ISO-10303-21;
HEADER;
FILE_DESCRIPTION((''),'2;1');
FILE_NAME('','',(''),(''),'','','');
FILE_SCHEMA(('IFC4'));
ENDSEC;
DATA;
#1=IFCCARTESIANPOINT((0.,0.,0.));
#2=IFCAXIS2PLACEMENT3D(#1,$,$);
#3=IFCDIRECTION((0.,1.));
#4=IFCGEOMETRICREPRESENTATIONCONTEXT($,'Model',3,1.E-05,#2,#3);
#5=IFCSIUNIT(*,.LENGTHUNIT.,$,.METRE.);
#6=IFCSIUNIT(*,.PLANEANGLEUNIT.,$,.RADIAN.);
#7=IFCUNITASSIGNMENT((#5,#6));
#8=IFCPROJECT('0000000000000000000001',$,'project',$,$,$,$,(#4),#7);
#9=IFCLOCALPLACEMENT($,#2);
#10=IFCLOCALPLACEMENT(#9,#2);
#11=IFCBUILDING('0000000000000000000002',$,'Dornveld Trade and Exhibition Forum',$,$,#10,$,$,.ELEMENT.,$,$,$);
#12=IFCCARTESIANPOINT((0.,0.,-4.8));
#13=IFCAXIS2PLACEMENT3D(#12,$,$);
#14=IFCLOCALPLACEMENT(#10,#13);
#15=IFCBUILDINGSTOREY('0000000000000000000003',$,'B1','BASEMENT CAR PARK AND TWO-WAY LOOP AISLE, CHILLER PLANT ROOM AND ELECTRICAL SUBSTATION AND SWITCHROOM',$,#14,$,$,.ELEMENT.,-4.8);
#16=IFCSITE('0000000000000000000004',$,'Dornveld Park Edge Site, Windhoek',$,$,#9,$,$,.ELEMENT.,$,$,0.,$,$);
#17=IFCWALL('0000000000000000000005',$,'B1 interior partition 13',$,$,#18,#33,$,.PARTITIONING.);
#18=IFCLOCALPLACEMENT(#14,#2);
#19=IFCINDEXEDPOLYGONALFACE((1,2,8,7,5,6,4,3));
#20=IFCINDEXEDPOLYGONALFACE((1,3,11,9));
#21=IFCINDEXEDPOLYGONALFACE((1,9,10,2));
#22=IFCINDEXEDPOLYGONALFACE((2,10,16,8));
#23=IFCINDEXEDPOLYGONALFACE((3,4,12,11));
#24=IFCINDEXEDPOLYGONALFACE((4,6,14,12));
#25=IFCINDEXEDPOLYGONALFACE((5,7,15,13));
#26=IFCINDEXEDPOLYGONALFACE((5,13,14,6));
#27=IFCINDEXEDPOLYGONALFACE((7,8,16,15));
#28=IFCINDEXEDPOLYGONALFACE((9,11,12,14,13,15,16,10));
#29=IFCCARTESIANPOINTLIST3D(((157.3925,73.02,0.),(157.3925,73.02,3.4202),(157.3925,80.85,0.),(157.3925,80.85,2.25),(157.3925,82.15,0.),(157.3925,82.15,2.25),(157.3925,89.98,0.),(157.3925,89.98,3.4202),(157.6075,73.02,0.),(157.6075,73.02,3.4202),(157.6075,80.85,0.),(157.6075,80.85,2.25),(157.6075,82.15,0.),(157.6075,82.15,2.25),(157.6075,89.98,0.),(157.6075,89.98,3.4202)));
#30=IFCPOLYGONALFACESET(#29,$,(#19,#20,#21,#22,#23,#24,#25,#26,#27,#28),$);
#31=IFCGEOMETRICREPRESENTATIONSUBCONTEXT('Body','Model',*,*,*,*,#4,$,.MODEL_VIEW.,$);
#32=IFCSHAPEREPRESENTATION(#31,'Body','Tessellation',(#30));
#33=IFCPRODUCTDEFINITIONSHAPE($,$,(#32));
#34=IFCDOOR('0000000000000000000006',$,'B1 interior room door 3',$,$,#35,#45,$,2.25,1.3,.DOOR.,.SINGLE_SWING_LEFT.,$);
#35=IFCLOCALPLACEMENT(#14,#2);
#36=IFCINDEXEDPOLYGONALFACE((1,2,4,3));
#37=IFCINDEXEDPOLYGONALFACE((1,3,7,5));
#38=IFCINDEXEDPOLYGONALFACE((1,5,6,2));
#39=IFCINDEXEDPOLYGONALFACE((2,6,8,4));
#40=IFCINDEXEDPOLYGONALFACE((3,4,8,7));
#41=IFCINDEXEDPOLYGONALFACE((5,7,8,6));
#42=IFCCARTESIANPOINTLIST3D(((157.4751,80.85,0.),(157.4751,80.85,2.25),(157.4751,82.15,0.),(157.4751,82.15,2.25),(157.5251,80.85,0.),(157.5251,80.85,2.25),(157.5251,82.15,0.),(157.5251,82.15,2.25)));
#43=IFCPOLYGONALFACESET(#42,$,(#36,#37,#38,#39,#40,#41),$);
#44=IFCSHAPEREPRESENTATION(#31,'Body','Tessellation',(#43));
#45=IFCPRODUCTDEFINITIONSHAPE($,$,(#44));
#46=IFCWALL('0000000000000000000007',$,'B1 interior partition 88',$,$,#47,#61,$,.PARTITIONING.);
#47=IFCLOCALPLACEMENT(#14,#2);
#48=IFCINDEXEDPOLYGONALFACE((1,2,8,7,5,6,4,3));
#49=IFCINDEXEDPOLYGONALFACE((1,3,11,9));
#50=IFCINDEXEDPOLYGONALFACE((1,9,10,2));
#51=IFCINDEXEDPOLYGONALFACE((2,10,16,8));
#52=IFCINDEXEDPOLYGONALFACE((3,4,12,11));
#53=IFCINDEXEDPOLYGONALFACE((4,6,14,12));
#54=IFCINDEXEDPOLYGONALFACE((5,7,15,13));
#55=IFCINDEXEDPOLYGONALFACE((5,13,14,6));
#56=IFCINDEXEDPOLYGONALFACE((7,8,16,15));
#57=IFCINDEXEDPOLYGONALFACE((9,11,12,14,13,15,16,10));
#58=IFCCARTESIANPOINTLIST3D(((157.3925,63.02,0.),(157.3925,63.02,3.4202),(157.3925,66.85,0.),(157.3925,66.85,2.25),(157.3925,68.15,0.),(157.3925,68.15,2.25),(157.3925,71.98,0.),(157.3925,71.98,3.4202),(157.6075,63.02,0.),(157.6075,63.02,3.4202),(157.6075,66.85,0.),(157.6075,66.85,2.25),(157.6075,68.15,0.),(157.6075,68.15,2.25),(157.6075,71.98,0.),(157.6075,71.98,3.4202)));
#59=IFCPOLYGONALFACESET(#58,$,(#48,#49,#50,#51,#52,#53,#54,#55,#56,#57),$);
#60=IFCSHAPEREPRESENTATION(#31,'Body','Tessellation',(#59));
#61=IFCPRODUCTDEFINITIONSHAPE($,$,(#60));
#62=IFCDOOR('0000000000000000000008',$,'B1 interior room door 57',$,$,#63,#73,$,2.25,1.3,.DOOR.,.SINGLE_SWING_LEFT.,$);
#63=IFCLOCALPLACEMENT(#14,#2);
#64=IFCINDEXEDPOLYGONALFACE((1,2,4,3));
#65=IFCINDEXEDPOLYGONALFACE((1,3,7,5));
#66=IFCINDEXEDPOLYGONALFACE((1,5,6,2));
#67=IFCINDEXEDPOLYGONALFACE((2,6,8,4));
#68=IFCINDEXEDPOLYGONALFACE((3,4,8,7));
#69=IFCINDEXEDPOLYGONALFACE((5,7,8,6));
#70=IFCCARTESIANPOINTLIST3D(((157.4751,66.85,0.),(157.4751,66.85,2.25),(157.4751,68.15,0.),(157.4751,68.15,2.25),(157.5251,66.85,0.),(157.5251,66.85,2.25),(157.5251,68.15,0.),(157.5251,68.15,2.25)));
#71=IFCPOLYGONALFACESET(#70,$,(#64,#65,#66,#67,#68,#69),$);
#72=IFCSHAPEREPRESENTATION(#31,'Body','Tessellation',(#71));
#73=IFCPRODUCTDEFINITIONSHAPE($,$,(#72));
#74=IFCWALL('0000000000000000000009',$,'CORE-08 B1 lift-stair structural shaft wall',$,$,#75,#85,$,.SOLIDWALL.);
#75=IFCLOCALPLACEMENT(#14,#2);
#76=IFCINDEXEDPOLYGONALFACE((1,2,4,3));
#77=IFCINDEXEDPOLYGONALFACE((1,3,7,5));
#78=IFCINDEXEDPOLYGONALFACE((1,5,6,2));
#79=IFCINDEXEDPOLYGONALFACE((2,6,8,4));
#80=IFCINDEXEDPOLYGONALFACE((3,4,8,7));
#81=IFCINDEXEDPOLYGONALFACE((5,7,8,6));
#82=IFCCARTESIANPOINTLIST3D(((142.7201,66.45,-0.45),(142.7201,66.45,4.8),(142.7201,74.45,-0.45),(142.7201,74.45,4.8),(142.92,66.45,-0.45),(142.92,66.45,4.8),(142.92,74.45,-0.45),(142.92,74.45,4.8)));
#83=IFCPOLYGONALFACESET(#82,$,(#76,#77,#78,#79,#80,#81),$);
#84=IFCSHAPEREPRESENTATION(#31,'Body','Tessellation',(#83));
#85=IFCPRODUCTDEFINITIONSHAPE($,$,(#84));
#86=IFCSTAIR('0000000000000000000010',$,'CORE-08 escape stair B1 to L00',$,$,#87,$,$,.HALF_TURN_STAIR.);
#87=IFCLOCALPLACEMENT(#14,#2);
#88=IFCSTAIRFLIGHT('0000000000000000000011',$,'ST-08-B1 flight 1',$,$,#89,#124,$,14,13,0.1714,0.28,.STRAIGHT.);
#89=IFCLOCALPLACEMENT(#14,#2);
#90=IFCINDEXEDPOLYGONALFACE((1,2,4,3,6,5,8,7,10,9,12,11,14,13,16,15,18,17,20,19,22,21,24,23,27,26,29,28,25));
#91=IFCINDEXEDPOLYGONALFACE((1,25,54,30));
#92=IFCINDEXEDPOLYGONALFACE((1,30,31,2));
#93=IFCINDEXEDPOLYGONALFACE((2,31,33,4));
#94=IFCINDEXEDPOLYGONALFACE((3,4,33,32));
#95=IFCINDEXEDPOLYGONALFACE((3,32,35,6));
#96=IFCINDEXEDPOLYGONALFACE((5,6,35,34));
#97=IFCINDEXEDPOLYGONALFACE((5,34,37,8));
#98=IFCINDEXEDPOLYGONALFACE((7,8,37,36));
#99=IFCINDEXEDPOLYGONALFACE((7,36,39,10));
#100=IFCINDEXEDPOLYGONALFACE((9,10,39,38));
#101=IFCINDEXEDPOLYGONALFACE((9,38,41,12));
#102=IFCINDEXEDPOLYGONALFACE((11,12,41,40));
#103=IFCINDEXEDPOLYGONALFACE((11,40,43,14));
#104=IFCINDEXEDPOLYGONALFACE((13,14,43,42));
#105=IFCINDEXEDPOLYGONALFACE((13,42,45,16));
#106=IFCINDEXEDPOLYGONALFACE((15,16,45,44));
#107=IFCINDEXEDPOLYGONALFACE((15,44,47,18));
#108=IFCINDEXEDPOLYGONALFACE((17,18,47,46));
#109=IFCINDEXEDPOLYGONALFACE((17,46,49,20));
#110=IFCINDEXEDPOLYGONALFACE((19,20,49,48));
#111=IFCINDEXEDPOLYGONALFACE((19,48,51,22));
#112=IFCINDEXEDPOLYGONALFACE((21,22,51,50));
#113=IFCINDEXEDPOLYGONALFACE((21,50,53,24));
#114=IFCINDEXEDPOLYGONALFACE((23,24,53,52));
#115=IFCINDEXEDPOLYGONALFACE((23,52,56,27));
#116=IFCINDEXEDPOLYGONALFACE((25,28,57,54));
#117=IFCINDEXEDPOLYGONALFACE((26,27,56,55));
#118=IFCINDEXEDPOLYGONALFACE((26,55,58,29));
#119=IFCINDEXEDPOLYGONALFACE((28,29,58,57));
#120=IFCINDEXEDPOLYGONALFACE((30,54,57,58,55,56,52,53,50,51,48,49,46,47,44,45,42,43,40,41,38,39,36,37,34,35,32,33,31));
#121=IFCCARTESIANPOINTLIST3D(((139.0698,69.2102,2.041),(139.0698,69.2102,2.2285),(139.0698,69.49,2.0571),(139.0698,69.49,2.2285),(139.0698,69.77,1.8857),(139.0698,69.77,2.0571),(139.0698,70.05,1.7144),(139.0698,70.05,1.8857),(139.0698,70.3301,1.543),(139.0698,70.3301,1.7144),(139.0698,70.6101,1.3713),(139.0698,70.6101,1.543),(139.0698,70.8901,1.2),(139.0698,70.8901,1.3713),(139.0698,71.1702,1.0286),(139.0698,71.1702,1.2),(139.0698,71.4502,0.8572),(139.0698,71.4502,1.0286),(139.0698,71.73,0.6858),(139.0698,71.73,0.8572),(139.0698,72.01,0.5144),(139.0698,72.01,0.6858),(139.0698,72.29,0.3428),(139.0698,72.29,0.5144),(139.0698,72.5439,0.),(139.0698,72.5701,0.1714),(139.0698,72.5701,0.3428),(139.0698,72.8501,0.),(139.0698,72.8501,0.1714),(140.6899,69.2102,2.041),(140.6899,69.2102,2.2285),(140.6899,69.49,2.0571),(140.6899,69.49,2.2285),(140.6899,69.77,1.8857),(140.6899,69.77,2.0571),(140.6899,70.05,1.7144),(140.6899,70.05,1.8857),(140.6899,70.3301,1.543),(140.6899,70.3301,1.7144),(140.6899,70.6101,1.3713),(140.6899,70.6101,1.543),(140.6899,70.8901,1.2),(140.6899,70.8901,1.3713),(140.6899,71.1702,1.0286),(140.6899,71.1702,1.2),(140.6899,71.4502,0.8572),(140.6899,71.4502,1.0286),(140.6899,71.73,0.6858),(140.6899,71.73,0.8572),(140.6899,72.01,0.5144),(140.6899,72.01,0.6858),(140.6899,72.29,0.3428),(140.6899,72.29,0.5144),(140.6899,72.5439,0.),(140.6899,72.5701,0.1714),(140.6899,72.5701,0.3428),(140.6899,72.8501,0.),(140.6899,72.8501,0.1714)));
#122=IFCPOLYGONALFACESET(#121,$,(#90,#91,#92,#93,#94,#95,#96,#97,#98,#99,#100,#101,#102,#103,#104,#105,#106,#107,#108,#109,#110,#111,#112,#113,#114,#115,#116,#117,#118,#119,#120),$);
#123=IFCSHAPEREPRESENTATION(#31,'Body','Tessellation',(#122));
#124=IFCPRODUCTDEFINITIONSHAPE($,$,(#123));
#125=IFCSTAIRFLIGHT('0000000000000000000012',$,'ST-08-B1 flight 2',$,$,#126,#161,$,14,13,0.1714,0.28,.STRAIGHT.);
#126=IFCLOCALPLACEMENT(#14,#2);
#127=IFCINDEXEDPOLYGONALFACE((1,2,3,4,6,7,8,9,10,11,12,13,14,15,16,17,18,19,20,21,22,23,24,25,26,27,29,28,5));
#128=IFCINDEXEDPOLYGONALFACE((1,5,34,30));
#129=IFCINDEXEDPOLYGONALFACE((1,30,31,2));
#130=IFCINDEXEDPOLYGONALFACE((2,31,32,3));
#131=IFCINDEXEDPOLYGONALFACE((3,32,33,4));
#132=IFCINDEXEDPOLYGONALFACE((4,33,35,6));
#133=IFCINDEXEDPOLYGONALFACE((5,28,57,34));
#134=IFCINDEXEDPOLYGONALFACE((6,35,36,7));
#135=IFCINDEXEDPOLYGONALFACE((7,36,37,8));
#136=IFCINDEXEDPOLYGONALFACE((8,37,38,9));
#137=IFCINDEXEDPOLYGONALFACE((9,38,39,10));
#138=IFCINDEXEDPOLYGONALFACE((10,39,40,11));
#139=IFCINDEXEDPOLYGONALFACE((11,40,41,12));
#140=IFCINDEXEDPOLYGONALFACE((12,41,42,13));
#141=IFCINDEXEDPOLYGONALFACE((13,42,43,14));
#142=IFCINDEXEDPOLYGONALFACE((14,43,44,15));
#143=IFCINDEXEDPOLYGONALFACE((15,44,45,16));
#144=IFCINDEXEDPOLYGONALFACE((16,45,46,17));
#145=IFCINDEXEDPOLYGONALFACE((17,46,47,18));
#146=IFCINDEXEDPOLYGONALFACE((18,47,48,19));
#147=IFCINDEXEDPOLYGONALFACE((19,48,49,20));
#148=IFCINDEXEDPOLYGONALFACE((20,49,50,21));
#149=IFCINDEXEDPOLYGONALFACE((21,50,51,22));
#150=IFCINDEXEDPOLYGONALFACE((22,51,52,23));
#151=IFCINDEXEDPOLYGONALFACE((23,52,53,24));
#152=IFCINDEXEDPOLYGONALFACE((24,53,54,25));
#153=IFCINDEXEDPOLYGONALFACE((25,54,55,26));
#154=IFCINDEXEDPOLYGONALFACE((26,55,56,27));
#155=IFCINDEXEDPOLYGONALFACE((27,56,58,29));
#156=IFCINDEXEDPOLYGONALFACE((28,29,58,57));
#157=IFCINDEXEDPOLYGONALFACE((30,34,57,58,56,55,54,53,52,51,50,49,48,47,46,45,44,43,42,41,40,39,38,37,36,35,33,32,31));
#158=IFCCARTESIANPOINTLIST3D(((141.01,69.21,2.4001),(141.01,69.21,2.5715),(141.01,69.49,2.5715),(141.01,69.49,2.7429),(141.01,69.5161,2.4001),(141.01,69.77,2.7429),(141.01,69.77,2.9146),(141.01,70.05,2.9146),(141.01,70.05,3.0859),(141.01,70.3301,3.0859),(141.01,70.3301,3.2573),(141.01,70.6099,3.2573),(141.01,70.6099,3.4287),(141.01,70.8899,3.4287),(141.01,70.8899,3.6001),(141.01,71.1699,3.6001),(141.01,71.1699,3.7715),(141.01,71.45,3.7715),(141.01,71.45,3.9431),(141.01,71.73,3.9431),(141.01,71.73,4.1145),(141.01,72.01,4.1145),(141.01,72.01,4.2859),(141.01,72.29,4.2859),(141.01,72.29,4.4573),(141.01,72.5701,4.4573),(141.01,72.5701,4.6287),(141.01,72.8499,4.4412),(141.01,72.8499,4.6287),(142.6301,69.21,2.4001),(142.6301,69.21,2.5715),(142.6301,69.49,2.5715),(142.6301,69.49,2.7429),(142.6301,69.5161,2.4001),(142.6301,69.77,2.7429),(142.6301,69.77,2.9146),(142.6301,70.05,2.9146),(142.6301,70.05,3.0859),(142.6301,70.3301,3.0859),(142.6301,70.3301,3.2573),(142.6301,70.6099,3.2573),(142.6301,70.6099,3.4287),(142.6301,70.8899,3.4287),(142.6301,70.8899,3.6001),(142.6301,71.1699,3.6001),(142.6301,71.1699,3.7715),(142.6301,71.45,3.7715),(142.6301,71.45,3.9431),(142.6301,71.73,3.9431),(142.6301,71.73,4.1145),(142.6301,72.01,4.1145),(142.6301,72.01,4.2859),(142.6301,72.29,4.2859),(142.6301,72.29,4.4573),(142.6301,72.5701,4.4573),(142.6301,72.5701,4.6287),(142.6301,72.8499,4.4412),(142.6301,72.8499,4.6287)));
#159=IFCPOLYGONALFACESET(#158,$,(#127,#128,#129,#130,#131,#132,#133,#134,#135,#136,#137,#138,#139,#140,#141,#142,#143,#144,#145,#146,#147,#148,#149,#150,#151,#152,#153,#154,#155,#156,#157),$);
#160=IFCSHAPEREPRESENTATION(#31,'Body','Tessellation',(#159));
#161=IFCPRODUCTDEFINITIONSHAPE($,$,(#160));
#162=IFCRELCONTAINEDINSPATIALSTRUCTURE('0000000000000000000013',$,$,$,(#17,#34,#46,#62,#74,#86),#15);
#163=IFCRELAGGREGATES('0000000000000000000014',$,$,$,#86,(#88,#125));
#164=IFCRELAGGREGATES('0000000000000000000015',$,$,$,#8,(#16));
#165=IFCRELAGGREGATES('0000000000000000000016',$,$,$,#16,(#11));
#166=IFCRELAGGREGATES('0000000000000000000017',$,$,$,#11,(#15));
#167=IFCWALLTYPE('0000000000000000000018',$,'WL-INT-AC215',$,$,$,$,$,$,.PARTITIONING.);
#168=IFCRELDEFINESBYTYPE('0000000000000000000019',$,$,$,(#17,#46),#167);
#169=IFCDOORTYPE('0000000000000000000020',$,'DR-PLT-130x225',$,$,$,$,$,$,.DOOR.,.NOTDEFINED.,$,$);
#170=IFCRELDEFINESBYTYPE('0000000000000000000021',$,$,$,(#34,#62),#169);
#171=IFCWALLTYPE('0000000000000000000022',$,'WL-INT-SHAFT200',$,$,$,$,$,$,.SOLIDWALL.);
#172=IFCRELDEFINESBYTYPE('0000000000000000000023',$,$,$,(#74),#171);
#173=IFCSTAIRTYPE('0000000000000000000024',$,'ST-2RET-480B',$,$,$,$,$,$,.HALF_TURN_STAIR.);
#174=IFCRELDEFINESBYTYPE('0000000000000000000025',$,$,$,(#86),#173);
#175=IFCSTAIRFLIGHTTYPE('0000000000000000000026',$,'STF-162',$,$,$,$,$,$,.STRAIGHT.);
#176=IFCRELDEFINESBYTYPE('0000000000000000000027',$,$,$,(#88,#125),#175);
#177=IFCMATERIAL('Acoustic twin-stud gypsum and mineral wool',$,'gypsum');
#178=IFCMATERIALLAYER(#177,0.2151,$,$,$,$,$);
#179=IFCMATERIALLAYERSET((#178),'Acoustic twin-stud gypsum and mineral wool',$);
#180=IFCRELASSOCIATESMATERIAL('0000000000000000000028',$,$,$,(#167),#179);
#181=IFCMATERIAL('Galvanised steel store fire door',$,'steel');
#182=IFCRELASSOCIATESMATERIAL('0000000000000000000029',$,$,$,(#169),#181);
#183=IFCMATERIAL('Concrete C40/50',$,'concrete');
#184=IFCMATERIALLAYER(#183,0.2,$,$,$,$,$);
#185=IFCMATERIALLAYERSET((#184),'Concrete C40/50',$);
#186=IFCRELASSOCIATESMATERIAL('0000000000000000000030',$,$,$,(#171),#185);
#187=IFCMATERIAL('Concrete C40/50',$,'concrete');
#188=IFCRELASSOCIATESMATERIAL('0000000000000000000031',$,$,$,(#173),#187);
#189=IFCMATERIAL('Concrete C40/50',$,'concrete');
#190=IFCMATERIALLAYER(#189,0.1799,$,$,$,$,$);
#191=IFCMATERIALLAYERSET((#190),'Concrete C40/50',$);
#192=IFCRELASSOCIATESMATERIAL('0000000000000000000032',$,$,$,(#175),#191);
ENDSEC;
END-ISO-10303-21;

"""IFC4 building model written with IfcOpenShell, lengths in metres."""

from ifc_helpers import new_model, si_unit, direction, frame, frame_2d, origin, place, context, subcontext, project, spatial, polyline, rectangle, outline, extrude, material, layer, layer_set, type_object, element, fill, aggregate, save


model = new_model("IFC4")

# Units and contexts
model_context = context("Model", 3, precision=1e-05, world=origin(), true_north=direction((0.0, 1.0)))
body_context = subcontext(model_context, "Body", "Model", "MODEL_VIEW")
ifc_project = project(units=[si_unit("LENGTHUNIT", "METRE"), si_unit("PLANEANGLEUNIT", "RADIAN")], contexts=[model_context])

# Site, building, storey
site_placement = place(None, origin())
site = spatial("IfcSite", under=ifc_project, at=site_placement, Name="Dornveld Park Edge Site, Windhoek", CompositionType="ELEMENT", RefElevation=0.0)
building_placement = place(site_placement, origin())
building = spatial("IfcBuilding", under=site, at=building_placement, Name="Dornveld Trade and Exhibition Forum", CompositionType="ELEMENT")
storey_placement = place(building_placement, frame((0.0, 0.0, -4.8)))
storey = spatial("IfcBuildingStorey", under=building, at=storey_placement, Name="B1", Description="BASEMENT CAR PARK AND TWO-WAY LOOP AISLE, CHILLER PLANT ROOM AND ELECTRICAL SUBSTATION AND SWITCHROOM", CompositionType="ELEMENT", Elevation=-4.8)

# Walls, openings, doors
ifc_material_1 = material(Name="Acoustic twin-stud gypsum and mineral wool", Category="gypsum")
ifc_layer_1 = layer(ifc_material_1, 0.2151)
ifc_layer_set_1 = layer_set([ifc_layer_1], Name="Acoustic twin-stud gypsum and mineral wool")
wall_type_1 = type_object("IfcWallType", Name="WL-INT-AC215", PredefinedType="PARTITIONING", material=ifc_layer_set_1)
wall_1_placement = place(storey_placement, frame((157.5, 73.02, 0.0), z_axis=(0.0, 0.0, 1.0), x_axis=(0.0, 1.0, 0.0)))
wall_1 = element("IfcWall", 1, at=wall_1_placement, inside=storey, type_object=wall_type_1, Name="B1 interior partition 13", PredefinedType="PARTITIONING", context=body_context, shape_type="SweptSolid", body=[
    extrude(rectangle(XDim=16.96, YDim=0.2151, at=frame_2d((8.48, 0.0))), origin(), (0.0, 0.0, 1.0), 3.4202),
])
opening_1_placement = place(wall_1_placement, frame((7.8301, 0.0, 0.0)))
opening_1 = element("IfcOpeningElement", 2, at=opening_1_placement, cuts=wall_1, PredefinedType="OPENING", context=body_context, shape_type="SweptSolid", body=[
    extrude(rectangle(XDim=1.3, YDim=2.25, at=frame_2d((0.6499, 1.125))), frame((0.0, 0.1174, 0.0), z_axis=(0.0, -1.0, 0.0), x_axis=(1.0, 0.0, 0.0)), (0.0, 0.0, 1.0), 0.2351),
])
ifc_material_2 = material(Name="Galvanised steel store fire door", Category="steel")
door_type = type_object("IfcDoorType", Name="DR-PLT-130x225", OperationType="NOTDEFINED", PredefinedType="DOOR", material=ifc_material_2)
door_1_placement = place(opening_1_placement, origin())
door_1 = element("IfcDoor", 3, at=door_1_placement, inside=storey, type_object=door_type, Name="B1 interior room door 3", OperationType="SINGLE_SWING_LEFT", OverallHeight=2.25, OverallWidth=1.3, PredefinedType="DOOR", context=body_context, shape_type="SweptSolid", body=[
    extrude(rectangle(XDim=1.3, YDim=2.25, at=frame_2d((0.6499, 1.125))), frame((0.0, 0.0249, 0.0), z_axis=(0.0, -1.0, 0.0), x_axis=(1.0, 0.0, 0.0)), (0.0, 0.0, 1.0), 0.05),
])
fill(opening_1, door_1)
wall_2_placement = place(storey_placement, frame((157.5, 63.02, 0.0), z_axis=(0.0, 0.0, 1.0), x_axis=(0.0, 1.0, 0.0)))
wall_2 = element("IfcWall", 4, at=wall_2_placement, inside=storey, type_object=wall_type_1, Name="B1 interior partition 88", PredefinedType="PARTITIONING", context=body_context, shape_type="SweptSolid", body=[
    extrude(rectangle(XDim=8.96, YDim=0.2151, at=frame_2d((4.48, 0.0))), origin(), (0.0, 0.0, 1.0), 3.4202),
])
opening_2_placement = place(wall_2_placement, frame((3.8301, 0.0, 0.0)))
opening_2 = element("IfcOpeningElement", 5, at=opening_2_placement, cuts=wall_2, PredefinedType="OPENING", context=body_context, shape_type="SweptSolid", body=[
    extrude(rectangle(XDim=1.3, YDim=2.25, at=frame_2d((0.6499, 1.125))), frame((0.0, 0.1174, 0.0), z_axis=(0.0, -1.0, 0.0), x_axis=(1.0, 0.0, 0.0)), (0.0, 0.0, 1.0), 0.2351),
])
door_2_placement = place(opening_2_placement, origin())
door_2 = element("IfcDoor", 6, at=door_2_placement, inside=storey, type_object=door_type, Name="B1 interior room door 57", OperationType="SINGLE_SWING_LEFT", OverallHeight=2.25, OverallWidth=1.3, PredefinedType="DOOR", context=body_context, shape_type="SweptSolid", body=[
    extrude(rectangle(XDim=1.3, YDim=2.25, at=frame_2d((0.6499, 1.125))), frame((0.0, 0.0249, 0.0), z_axis=(0.0, -1.0, 0.0), x_axis=(1.0, 0.0, 0.0)), (0.0, 0.0, 1.0), 0.05),
])
fill(opening_2, door_2)

# Wall
ifc_material_3 = material(Name="Concrete C40/50", Category="concrete")
ifc_layer_2 = layer(ifc_material_3, 0.2)
ifc_layer_set_2 = layer_set([ifc_layer_2], Name="Concrete C40/50")
wall_type_2 = type_object("IfcWallType", Name="WL-INT-SHAFT200", PredefinedType="SOLIDWALL", material=ifc_layer_set_2)
wall_3_placement = place(storey_placement, frame((142.8201, 66.45, -0.45), z_axis=(0.0, 0.0, 1.0), x_axis=(0.0, 1.0, 0.0)))
element("IfcWall", 7, at=wall_3_placement, inside=storey, type_object=wall_type_2, Name="CORE-08 B1 lift-stair structural shaft wall", PredefinedType="SOLIDWALL", context=body_context, shape_type="SweptSolid", body=[
    extrude(rectangle(XDim=8.0, YDim=0.2, at=frame_2d((4.0, 0.0))), origin(), (0.0, 0.0, 1.0), 5.25),
])

# Stair, stair flights
ifc_material_4 = material(Name="Concrete C40/50", Category="concrete")
stair_type = type_object("IfcStairType", Name="ST-2RET-480B", PredefinedType="HALF_TURN_STAIR", material=ifc_material_4)
stair_placement = place(storey_placement, origin())
stair = element("IfcStair", 8, at=stair_placement, inside=storey, type_object=stair_type, Name="CORE-08 escape stair B1 to L00", PredefinedType="HALF_TURN_STAIR")
ifc_material_5 = material(Name="Concrete C40/50", Category="concrete")
ifc_layer_3 = layer(ifc_material_5, 0.1799)
ifc_layer_set_3 = layer_set([ifc_layer_3], Name="Concrete C40/50")
stair_flight_type = type_object("IfcStairFlightType", Name="STF-162", PredefinedType="STRAIGHT", material=ifc_layer_set_3)
stair_flight_1_placement = place(storey_placement, frame((139.8799, 72.8501, 0.0), z_axis=(0.0, 0.0, 1.0), x_axis=(0.0, -1.0, 0.0)))
stair_flight_1 = element("IfcStairFlight", 9, at=stair_flight_1_placement, type_object=stair_flight_type, Name="ST-08-B1 flight 1", NumberOfRisers=14, NumberOfTreads=13, PredefinedType="STRAIGHT", RiserHeight=0.1714, TreadLength=0.28, context=body_context, shape_type="SweptSolid", body=[
    extrude(outline(polyline([(0.0, 0.0), (0.0, 0.1714), (0.28, 0.1714), (0.28, 0.3428), (0.5601, 0.3428), (0.5601, 0.5144), (0.8401, 0.5144), (0.8401, 0.6858), (1.1201, 0.6858), (1.1201, 0.8572), (1.3999, 0.8572), (1.3999, 1.0286), (1.6799, 1.0286), (1.6799, 1.2), (1.96, 1.2), (1.96, 1.3713), (2.24, 1.3713), (2.24, 1.543), (2.52, 1.543), (2.52, 1.7144), (2.8, 1.7144), (2.8, 1.8857), (3.0801, 1.8857), (3.0801, 2.0571), (3.3601, 2.0571), (3.3601, 2.2285), (3.6399, 2.2285), (3.6399, 2.3999), (3.6399, 2.041), (0.3062, 0.0), (0.0, 0.0)])), frame((0.0, 0.8101, 0.0), z_axis=(0.0, -1.0, 0.0), x_axis=(1.0, 0.0, 0.0)), (0.0, 0.0, 1.0), 1.6201),
])
stair_flight_2_placement = place(storey_placement, frame((141.8201, 69.21, 2.4001), z_axis=(0.0, 0.0, 1.0), x_axis=(0.0, 1.0, 0.0)))
stair_flight_2 = element("IfcStairFlight", 10, at=stair_flight_2_placement, type_object=stair_flight_type, Name="ST-08-B1 flight 2", NumberOfRisers=14, NumberOfTreads=13, PredefinedType="STRAIGHT", RiserHeight=0.1714, TreadLength=0.28, context=body_context, shape_type="SweptSolid", body=[
    extrude(outline(polyline([(0.0, 0.0), (0.0, 0.1714), (0.28, 0.1714), (0.28, 0.3428), (0.5601, 0.3428), (0.5601, 0.5144), (0.8401, 0.5144), (0.8401, 0.6858), (1.1201, 0.6858), (1.1201, 0.8572), (1.3999, 0.8572), (1.3999, 1.0286), (1.6799, 1.0286), (1.6799, 1.2), (1.96, 1.2), (1.96, 1.3713), (2.24, 1.3713), (2.24, 1.543), (2.52, 1.543), (2.52, 1.7144), (2.8, 1.7144), (2.8, 1.8857), (3.0801, 1.8857), (3.0801, 2.0571), (3.3601, 2.0571), (3.3601, 2.2285), (3.6399, 2.2285), (3.6399, 2.3999), (3.6399, 2.041), (0.3062, 0.0), (0.0, 0.0)])), frame((0.0, 0.8101, 0.0), z_axis=(0.0, -1.0, 0.0), x_axis=(1.0, 0.0, 0.0)), (0.0, 0.0, 1.0), 1.6201),
])
aggregate(stair, [stair_flight_1, stair_flight_2])

save(model, "model.ifc")
